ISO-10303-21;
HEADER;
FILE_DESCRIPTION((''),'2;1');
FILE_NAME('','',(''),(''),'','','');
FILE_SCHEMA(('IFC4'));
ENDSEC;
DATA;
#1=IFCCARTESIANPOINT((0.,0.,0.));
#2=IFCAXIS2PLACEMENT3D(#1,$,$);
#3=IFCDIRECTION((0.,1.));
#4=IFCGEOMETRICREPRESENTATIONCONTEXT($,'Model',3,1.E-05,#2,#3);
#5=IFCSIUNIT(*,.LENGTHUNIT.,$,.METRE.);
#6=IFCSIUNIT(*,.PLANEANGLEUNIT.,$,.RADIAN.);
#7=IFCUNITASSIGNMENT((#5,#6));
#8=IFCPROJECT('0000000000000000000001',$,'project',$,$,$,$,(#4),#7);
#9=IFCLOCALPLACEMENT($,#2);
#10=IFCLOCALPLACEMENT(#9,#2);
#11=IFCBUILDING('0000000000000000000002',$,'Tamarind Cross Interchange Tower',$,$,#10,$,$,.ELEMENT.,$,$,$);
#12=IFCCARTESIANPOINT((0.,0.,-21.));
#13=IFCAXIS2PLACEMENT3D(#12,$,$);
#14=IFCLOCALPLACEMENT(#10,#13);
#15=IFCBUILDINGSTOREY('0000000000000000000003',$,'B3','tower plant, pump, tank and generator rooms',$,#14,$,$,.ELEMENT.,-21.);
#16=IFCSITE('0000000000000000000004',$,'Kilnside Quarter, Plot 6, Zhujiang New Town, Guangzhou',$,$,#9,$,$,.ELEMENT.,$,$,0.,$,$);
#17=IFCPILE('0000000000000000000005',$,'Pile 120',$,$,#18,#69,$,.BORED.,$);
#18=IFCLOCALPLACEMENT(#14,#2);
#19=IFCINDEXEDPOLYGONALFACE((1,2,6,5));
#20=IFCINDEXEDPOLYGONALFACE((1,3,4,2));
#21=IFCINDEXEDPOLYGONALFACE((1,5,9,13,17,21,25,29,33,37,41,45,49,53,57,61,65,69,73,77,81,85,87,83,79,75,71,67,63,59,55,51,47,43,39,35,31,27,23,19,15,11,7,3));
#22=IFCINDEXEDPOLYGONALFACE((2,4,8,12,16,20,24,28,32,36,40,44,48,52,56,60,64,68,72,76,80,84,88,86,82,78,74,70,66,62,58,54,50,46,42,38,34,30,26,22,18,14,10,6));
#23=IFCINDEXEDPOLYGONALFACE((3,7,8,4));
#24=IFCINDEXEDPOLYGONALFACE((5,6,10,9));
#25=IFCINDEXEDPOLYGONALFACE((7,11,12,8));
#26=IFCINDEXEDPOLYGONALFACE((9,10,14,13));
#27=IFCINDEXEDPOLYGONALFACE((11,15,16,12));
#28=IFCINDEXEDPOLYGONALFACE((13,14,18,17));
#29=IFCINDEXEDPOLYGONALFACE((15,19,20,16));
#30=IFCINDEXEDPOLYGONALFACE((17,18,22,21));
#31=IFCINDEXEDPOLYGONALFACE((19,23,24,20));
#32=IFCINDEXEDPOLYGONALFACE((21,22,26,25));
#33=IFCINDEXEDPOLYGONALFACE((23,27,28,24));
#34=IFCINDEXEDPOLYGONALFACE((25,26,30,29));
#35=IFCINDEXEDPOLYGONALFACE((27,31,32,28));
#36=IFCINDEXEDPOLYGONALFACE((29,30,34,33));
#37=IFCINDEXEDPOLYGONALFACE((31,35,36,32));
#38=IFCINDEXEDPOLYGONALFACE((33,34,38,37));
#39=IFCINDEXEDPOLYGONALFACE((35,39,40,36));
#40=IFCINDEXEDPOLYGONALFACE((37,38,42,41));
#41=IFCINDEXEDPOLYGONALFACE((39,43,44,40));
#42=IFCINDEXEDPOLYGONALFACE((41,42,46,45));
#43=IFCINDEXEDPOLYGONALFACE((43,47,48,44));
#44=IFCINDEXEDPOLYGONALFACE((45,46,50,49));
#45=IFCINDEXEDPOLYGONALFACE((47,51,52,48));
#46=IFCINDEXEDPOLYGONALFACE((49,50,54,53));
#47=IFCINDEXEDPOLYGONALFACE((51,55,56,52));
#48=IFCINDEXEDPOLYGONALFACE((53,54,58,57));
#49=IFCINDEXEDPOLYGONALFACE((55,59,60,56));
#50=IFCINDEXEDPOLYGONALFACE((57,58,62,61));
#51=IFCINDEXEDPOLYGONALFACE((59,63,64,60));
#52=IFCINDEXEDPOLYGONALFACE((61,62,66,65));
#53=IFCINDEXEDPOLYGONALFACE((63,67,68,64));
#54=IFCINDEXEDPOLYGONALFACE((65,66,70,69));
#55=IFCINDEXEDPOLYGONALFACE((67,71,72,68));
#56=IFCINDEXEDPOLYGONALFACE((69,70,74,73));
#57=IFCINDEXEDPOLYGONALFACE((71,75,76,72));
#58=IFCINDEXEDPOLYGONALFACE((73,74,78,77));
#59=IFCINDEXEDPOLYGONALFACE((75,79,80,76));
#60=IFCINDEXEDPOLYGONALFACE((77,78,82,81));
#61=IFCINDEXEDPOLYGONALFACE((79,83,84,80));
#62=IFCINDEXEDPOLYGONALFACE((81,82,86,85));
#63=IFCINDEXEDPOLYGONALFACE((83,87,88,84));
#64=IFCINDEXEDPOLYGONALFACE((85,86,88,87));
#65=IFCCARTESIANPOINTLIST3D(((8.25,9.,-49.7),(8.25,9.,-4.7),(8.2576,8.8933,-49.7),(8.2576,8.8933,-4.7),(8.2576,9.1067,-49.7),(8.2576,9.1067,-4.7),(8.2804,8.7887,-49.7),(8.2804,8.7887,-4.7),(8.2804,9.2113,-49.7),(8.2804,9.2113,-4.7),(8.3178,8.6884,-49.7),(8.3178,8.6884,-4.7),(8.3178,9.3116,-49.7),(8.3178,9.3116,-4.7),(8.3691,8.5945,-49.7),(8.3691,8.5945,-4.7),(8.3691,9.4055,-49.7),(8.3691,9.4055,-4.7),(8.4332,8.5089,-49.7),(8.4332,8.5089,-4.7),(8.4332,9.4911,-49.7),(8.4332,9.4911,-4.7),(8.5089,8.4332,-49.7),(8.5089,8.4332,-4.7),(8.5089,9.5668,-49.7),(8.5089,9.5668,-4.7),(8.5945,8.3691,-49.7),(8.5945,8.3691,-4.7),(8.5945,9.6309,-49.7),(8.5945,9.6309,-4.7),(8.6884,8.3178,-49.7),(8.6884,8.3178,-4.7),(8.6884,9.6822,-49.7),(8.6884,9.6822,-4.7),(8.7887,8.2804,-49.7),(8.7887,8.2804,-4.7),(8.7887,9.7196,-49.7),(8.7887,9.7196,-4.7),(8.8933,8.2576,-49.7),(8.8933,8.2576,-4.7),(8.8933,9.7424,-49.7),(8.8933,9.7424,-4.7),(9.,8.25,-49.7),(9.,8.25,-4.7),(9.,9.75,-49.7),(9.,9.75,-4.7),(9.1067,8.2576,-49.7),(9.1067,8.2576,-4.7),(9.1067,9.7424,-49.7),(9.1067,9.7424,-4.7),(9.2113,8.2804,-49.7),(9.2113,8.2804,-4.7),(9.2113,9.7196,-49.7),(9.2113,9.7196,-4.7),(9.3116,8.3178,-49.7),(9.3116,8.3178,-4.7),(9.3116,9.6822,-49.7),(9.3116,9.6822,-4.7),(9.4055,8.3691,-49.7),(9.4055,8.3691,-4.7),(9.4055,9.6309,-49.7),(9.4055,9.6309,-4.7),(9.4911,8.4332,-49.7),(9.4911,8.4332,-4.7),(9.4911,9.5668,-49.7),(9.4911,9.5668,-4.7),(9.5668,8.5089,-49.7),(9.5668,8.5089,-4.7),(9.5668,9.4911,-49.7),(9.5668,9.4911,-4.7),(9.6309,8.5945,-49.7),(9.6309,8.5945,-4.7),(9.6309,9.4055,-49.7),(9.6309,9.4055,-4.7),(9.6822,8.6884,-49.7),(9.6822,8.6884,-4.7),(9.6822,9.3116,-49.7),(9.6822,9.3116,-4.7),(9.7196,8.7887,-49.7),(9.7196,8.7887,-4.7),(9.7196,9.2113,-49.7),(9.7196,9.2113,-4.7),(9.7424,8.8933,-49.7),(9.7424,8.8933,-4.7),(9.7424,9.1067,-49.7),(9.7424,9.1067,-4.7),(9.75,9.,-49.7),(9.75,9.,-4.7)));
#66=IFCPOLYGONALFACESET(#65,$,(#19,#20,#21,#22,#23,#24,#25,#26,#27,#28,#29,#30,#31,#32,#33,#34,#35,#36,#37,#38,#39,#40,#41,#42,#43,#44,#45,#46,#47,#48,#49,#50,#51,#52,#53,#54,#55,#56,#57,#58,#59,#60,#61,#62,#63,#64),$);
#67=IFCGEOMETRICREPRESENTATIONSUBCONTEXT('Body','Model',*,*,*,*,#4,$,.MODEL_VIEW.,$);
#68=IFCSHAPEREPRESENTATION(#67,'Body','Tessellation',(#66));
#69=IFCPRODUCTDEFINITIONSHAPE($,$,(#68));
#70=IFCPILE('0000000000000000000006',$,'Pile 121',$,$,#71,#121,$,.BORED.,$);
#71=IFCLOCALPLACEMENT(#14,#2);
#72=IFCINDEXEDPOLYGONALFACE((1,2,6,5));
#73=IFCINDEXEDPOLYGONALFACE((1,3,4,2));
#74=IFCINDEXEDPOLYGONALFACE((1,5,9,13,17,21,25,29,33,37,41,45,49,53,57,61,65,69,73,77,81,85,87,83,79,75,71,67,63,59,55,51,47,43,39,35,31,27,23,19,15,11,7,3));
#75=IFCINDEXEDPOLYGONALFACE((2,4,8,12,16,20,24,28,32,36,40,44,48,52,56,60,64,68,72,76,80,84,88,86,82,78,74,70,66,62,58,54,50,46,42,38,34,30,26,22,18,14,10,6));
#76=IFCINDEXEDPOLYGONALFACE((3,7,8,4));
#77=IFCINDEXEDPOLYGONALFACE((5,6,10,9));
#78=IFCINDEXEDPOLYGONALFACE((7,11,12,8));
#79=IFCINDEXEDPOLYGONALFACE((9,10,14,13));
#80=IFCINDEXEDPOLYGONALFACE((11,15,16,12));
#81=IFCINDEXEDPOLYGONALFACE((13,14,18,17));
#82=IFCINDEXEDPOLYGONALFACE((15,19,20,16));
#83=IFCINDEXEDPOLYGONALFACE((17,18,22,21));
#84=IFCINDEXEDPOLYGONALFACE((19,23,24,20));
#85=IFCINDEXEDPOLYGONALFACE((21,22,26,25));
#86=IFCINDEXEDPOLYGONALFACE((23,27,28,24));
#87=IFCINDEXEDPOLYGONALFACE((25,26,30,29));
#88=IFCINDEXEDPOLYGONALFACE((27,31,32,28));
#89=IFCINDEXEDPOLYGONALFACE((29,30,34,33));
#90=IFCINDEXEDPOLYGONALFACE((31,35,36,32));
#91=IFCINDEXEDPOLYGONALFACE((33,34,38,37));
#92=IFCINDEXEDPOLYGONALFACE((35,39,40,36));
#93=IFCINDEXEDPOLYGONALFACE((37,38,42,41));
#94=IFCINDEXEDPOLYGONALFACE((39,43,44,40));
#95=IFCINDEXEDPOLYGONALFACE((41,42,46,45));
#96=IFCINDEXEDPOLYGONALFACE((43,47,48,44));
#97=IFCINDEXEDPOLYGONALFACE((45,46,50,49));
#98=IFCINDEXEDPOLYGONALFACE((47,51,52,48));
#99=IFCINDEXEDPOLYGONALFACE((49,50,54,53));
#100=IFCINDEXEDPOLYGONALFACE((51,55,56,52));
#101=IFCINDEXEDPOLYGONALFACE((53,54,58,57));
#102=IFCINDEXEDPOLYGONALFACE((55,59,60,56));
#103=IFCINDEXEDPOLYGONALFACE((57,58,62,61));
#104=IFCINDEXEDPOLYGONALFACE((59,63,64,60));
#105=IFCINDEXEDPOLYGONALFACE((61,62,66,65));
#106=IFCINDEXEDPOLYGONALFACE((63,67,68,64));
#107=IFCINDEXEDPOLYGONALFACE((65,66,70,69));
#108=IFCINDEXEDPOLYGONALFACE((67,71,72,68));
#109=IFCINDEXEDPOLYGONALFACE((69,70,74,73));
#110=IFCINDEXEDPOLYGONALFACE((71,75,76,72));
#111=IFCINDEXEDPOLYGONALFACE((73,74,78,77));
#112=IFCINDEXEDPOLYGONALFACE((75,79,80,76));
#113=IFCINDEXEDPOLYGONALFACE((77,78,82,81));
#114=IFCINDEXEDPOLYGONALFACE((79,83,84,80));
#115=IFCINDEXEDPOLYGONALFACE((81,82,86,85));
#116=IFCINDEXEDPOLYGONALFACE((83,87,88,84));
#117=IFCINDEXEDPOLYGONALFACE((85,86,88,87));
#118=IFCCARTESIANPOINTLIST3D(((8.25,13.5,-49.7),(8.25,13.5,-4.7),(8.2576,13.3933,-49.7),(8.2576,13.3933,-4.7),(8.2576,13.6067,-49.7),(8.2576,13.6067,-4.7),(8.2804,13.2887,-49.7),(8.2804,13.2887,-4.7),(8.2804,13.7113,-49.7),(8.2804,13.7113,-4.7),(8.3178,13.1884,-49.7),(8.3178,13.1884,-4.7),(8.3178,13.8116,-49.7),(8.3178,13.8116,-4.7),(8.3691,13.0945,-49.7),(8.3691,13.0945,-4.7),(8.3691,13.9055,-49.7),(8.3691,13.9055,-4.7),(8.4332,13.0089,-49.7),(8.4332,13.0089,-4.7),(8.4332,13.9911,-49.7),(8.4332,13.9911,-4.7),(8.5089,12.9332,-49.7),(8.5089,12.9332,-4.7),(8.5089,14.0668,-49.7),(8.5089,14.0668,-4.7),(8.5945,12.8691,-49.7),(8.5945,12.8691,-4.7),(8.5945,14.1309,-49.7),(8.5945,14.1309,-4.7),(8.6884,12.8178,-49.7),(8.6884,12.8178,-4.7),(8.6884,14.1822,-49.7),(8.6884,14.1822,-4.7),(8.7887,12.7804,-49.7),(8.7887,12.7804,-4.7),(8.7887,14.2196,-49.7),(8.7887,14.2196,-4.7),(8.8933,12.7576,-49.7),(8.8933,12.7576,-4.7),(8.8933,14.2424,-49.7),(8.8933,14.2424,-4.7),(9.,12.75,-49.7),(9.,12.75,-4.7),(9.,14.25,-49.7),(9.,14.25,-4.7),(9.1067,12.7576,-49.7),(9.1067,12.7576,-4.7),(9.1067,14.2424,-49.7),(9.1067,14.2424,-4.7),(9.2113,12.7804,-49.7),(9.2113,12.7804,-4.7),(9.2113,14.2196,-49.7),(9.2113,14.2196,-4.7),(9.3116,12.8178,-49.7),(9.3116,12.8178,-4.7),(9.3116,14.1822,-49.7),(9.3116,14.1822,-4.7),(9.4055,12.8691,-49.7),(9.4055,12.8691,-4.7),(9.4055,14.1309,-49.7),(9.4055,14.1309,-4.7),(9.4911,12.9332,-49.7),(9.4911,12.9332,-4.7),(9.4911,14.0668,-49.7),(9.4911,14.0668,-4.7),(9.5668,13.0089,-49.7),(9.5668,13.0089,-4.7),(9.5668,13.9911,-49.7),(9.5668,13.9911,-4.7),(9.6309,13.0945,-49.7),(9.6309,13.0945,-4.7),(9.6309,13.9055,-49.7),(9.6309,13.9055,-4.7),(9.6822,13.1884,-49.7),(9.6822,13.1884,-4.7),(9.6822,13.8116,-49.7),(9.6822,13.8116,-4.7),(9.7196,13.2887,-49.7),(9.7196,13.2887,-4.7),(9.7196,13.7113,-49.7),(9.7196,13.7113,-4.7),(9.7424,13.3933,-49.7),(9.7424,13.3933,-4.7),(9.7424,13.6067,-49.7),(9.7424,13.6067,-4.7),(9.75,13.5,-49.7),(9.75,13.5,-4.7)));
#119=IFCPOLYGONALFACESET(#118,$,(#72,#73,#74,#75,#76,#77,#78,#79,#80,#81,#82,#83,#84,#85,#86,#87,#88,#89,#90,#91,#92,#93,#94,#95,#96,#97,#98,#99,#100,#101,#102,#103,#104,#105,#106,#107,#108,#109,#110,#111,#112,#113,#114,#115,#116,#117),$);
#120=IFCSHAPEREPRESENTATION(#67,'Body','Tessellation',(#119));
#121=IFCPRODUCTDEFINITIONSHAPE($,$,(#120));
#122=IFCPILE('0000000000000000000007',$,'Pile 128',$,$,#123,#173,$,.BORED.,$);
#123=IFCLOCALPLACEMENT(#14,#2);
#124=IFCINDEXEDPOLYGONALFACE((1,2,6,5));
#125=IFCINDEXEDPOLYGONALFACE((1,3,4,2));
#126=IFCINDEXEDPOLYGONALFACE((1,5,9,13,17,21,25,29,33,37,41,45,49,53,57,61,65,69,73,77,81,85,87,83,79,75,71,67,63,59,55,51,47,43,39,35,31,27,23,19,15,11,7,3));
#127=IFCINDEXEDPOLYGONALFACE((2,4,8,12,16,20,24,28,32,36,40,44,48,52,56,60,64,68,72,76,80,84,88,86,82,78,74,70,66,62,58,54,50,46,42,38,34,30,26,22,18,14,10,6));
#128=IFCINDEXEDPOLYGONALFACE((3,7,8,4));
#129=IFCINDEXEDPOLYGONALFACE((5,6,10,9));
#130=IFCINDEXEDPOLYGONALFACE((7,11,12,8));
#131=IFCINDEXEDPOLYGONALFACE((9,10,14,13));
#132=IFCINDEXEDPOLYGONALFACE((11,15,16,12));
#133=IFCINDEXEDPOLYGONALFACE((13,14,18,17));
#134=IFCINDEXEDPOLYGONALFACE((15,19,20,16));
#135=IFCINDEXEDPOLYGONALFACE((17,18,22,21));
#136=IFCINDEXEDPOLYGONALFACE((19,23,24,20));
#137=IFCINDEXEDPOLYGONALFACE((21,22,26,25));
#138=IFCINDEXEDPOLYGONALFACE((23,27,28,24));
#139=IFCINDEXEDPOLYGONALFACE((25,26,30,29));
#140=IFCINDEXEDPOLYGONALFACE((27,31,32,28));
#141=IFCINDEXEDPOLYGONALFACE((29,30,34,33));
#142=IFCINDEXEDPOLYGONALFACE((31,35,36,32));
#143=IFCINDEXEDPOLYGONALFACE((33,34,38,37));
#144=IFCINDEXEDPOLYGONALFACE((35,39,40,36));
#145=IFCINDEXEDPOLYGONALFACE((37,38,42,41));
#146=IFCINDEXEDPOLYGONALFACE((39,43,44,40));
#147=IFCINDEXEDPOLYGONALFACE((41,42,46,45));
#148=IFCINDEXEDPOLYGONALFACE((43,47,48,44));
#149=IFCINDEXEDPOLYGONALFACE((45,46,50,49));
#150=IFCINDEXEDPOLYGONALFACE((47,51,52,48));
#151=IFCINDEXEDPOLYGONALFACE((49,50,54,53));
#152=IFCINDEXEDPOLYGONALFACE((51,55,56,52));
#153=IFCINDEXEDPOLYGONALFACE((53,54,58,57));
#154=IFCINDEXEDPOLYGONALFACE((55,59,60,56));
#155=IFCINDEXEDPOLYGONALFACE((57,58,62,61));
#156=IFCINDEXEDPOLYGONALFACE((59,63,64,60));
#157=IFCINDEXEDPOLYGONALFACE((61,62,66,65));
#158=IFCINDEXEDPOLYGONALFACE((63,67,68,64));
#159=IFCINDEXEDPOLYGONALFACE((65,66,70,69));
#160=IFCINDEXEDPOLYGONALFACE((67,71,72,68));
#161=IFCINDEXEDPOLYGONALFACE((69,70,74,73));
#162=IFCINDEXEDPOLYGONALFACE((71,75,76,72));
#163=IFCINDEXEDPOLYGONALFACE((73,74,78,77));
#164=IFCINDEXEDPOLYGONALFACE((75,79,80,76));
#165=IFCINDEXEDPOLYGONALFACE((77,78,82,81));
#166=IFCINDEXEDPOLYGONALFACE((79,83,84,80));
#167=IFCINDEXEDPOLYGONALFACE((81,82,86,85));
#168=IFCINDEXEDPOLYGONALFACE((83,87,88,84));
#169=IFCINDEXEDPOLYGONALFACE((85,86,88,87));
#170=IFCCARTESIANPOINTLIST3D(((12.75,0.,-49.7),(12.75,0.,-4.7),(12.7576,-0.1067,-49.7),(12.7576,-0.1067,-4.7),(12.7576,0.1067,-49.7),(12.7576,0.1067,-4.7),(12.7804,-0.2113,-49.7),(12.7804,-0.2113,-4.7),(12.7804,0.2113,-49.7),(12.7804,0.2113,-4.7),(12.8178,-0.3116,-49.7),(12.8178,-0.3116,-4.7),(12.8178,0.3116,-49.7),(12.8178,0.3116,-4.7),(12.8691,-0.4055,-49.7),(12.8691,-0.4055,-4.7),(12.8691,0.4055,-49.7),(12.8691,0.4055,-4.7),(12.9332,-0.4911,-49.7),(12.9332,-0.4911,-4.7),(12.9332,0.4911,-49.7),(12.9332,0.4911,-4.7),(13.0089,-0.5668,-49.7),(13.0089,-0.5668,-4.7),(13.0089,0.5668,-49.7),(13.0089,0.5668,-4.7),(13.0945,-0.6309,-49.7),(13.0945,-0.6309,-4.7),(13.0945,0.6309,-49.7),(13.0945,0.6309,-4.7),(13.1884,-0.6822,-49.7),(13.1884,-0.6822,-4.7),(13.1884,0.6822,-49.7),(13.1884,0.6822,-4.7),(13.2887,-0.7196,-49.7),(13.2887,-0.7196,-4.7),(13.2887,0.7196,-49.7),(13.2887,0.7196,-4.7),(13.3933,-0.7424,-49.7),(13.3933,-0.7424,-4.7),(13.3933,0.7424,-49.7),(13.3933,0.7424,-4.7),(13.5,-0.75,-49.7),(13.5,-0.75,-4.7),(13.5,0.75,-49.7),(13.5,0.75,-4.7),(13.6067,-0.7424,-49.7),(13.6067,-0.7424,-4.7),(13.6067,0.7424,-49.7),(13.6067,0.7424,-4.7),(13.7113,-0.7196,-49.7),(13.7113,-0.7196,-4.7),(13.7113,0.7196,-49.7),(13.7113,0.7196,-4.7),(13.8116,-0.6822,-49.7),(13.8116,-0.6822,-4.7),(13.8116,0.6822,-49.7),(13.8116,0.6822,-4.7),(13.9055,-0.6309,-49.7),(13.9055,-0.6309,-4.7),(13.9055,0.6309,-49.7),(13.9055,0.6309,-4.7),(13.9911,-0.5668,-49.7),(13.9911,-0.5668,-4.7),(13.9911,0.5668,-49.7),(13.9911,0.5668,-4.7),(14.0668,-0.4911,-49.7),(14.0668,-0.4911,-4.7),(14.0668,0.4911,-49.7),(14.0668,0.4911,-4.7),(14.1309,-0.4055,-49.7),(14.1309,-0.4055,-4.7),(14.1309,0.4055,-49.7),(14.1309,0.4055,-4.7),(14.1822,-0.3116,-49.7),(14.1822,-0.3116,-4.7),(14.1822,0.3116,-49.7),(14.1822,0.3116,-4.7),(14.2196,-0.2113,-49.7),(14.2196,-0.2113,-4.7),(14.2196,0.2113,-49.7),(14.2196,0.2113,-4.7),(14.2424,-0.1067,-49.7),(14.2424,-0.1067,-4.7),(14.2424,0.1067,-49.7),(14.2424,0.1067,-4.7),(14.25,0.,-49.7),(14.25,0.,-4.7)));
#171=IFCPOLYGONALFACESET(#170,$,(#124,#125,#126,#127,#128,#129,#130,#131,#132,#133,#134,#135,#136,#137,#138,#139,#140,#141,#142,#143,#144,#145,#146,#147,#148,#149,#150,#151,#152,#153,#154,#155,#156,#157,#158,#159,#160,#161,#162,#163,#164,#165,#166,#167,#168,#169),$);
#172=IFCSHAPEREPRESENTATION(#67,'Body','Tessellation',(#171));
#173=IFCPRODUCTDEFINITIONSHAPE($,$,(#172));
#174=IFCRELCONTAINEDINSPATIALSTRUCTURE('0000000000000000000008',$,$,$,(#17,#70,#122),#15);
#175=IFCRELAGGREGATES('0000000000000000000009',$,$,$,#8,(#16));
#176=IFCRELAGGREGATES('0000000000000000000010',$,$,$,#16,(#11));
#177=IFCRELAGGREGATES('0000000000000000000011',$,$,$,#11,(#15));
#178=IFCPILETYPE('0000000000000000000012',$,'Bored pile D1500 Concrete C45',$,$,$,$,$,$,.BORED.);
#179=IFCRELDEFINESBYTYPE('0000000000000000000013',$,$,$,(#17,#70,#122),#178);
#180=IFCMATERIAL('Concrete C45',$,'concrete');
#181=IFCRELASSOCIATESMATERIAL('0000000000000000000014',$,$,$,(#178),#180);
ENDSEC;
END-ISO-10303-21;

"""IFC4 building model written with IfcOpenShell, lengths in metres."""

from ifc_helpers import new_model, si_unit, direction, frame, origin, origin_2d, place, context, subcontext, project, spatial, circle, extrude, material, material_profile, profile_set, type_object, element, save


model = new_model("IFC4")

# Units and contexts
model_context = context("Model", 3, precision=1e-05, world=origin(), true_north=direction((0.0, 1.0)))
body_context = subcontext(model_context, "Body", "Model", "MODEL_VIEW")
ifc_project = project(units=[si_unit("LENGTHUNIT", "METRE"), si_unit("PLANEANGLEUNIT", "RADIAN")], contexts=[model_context])

# Site, building, storey
site_placement = place(None, origin())
site = spatial("IfcSite", under=ifc_project, at=site_placement, Name="Kilnside Quarter, Plot 6, Zhujiang New Town, Guangzhou", CompositionType="ELEMENT", RefElevation=0.0)
building_placement = place(site_placement, origin())
building = spatial("IfcBuilding", under=site, at=building_placement, Name="Tamarind Cross Interchange Tower", CompositionType="ELEMENT")
storey_placement = place(building_placement, frame((0.0, 0.0, -21.0)))
storey = spatial("IfcBuildingStorey", under=building, at=storey_placement, Name="B3", Description="tower plant, pump, tank and generator rooms", CompositionType="ELEMENT", Elevation=-21.0)

# Piles
ifc_material_1 = material(Name="Concrete C45", Category="concrete")
ifc_material_profile = material_profile(ifc_material_1, circle(Radius=0.75, at=origin_2d()), Name="RC D1500")
ifc_profile_set = profile_set([ifc_material_profile], Name="Concrete C45")
pile_type = type_object("IfcPileType", Name="Bored pile D1500 Concrete C45", PredefinedType="BORED", material=ifc_profile_set)
for number, where, z_axis, x_axis, name in (
    (1, (9.0, 9.0, -4.7), (0.0, 0.0, -1.0), (1.0, 0.0, 0.0), "Pile 120"),
    (2, (9.0, 13.5, -4.7), (0.0, 0.0, -1.0), (1.0, 0.0, 0.0), "Pile 121"),
    (3, (13.5, 0.0, -4.7), (0.0, 0.0, -1.0), (1.0, 0.0, 0.0), "Pile 128"),
):
    element("IfcPile", number, at=place(storey_placement, frame(where, z_axis=z_axis, x_axis=x_axis)), inside=storey, type_object=pile_type, Name=name, PredefinedType="BORED", context=body_context, shape_type="SweptSolid", body=[
        extrude(circle(Radius=0.75, at=origin_2d()), origin(), (0.0, 0.0, 1.0), 45.0),
    ])

save(model, "model.ifc")
